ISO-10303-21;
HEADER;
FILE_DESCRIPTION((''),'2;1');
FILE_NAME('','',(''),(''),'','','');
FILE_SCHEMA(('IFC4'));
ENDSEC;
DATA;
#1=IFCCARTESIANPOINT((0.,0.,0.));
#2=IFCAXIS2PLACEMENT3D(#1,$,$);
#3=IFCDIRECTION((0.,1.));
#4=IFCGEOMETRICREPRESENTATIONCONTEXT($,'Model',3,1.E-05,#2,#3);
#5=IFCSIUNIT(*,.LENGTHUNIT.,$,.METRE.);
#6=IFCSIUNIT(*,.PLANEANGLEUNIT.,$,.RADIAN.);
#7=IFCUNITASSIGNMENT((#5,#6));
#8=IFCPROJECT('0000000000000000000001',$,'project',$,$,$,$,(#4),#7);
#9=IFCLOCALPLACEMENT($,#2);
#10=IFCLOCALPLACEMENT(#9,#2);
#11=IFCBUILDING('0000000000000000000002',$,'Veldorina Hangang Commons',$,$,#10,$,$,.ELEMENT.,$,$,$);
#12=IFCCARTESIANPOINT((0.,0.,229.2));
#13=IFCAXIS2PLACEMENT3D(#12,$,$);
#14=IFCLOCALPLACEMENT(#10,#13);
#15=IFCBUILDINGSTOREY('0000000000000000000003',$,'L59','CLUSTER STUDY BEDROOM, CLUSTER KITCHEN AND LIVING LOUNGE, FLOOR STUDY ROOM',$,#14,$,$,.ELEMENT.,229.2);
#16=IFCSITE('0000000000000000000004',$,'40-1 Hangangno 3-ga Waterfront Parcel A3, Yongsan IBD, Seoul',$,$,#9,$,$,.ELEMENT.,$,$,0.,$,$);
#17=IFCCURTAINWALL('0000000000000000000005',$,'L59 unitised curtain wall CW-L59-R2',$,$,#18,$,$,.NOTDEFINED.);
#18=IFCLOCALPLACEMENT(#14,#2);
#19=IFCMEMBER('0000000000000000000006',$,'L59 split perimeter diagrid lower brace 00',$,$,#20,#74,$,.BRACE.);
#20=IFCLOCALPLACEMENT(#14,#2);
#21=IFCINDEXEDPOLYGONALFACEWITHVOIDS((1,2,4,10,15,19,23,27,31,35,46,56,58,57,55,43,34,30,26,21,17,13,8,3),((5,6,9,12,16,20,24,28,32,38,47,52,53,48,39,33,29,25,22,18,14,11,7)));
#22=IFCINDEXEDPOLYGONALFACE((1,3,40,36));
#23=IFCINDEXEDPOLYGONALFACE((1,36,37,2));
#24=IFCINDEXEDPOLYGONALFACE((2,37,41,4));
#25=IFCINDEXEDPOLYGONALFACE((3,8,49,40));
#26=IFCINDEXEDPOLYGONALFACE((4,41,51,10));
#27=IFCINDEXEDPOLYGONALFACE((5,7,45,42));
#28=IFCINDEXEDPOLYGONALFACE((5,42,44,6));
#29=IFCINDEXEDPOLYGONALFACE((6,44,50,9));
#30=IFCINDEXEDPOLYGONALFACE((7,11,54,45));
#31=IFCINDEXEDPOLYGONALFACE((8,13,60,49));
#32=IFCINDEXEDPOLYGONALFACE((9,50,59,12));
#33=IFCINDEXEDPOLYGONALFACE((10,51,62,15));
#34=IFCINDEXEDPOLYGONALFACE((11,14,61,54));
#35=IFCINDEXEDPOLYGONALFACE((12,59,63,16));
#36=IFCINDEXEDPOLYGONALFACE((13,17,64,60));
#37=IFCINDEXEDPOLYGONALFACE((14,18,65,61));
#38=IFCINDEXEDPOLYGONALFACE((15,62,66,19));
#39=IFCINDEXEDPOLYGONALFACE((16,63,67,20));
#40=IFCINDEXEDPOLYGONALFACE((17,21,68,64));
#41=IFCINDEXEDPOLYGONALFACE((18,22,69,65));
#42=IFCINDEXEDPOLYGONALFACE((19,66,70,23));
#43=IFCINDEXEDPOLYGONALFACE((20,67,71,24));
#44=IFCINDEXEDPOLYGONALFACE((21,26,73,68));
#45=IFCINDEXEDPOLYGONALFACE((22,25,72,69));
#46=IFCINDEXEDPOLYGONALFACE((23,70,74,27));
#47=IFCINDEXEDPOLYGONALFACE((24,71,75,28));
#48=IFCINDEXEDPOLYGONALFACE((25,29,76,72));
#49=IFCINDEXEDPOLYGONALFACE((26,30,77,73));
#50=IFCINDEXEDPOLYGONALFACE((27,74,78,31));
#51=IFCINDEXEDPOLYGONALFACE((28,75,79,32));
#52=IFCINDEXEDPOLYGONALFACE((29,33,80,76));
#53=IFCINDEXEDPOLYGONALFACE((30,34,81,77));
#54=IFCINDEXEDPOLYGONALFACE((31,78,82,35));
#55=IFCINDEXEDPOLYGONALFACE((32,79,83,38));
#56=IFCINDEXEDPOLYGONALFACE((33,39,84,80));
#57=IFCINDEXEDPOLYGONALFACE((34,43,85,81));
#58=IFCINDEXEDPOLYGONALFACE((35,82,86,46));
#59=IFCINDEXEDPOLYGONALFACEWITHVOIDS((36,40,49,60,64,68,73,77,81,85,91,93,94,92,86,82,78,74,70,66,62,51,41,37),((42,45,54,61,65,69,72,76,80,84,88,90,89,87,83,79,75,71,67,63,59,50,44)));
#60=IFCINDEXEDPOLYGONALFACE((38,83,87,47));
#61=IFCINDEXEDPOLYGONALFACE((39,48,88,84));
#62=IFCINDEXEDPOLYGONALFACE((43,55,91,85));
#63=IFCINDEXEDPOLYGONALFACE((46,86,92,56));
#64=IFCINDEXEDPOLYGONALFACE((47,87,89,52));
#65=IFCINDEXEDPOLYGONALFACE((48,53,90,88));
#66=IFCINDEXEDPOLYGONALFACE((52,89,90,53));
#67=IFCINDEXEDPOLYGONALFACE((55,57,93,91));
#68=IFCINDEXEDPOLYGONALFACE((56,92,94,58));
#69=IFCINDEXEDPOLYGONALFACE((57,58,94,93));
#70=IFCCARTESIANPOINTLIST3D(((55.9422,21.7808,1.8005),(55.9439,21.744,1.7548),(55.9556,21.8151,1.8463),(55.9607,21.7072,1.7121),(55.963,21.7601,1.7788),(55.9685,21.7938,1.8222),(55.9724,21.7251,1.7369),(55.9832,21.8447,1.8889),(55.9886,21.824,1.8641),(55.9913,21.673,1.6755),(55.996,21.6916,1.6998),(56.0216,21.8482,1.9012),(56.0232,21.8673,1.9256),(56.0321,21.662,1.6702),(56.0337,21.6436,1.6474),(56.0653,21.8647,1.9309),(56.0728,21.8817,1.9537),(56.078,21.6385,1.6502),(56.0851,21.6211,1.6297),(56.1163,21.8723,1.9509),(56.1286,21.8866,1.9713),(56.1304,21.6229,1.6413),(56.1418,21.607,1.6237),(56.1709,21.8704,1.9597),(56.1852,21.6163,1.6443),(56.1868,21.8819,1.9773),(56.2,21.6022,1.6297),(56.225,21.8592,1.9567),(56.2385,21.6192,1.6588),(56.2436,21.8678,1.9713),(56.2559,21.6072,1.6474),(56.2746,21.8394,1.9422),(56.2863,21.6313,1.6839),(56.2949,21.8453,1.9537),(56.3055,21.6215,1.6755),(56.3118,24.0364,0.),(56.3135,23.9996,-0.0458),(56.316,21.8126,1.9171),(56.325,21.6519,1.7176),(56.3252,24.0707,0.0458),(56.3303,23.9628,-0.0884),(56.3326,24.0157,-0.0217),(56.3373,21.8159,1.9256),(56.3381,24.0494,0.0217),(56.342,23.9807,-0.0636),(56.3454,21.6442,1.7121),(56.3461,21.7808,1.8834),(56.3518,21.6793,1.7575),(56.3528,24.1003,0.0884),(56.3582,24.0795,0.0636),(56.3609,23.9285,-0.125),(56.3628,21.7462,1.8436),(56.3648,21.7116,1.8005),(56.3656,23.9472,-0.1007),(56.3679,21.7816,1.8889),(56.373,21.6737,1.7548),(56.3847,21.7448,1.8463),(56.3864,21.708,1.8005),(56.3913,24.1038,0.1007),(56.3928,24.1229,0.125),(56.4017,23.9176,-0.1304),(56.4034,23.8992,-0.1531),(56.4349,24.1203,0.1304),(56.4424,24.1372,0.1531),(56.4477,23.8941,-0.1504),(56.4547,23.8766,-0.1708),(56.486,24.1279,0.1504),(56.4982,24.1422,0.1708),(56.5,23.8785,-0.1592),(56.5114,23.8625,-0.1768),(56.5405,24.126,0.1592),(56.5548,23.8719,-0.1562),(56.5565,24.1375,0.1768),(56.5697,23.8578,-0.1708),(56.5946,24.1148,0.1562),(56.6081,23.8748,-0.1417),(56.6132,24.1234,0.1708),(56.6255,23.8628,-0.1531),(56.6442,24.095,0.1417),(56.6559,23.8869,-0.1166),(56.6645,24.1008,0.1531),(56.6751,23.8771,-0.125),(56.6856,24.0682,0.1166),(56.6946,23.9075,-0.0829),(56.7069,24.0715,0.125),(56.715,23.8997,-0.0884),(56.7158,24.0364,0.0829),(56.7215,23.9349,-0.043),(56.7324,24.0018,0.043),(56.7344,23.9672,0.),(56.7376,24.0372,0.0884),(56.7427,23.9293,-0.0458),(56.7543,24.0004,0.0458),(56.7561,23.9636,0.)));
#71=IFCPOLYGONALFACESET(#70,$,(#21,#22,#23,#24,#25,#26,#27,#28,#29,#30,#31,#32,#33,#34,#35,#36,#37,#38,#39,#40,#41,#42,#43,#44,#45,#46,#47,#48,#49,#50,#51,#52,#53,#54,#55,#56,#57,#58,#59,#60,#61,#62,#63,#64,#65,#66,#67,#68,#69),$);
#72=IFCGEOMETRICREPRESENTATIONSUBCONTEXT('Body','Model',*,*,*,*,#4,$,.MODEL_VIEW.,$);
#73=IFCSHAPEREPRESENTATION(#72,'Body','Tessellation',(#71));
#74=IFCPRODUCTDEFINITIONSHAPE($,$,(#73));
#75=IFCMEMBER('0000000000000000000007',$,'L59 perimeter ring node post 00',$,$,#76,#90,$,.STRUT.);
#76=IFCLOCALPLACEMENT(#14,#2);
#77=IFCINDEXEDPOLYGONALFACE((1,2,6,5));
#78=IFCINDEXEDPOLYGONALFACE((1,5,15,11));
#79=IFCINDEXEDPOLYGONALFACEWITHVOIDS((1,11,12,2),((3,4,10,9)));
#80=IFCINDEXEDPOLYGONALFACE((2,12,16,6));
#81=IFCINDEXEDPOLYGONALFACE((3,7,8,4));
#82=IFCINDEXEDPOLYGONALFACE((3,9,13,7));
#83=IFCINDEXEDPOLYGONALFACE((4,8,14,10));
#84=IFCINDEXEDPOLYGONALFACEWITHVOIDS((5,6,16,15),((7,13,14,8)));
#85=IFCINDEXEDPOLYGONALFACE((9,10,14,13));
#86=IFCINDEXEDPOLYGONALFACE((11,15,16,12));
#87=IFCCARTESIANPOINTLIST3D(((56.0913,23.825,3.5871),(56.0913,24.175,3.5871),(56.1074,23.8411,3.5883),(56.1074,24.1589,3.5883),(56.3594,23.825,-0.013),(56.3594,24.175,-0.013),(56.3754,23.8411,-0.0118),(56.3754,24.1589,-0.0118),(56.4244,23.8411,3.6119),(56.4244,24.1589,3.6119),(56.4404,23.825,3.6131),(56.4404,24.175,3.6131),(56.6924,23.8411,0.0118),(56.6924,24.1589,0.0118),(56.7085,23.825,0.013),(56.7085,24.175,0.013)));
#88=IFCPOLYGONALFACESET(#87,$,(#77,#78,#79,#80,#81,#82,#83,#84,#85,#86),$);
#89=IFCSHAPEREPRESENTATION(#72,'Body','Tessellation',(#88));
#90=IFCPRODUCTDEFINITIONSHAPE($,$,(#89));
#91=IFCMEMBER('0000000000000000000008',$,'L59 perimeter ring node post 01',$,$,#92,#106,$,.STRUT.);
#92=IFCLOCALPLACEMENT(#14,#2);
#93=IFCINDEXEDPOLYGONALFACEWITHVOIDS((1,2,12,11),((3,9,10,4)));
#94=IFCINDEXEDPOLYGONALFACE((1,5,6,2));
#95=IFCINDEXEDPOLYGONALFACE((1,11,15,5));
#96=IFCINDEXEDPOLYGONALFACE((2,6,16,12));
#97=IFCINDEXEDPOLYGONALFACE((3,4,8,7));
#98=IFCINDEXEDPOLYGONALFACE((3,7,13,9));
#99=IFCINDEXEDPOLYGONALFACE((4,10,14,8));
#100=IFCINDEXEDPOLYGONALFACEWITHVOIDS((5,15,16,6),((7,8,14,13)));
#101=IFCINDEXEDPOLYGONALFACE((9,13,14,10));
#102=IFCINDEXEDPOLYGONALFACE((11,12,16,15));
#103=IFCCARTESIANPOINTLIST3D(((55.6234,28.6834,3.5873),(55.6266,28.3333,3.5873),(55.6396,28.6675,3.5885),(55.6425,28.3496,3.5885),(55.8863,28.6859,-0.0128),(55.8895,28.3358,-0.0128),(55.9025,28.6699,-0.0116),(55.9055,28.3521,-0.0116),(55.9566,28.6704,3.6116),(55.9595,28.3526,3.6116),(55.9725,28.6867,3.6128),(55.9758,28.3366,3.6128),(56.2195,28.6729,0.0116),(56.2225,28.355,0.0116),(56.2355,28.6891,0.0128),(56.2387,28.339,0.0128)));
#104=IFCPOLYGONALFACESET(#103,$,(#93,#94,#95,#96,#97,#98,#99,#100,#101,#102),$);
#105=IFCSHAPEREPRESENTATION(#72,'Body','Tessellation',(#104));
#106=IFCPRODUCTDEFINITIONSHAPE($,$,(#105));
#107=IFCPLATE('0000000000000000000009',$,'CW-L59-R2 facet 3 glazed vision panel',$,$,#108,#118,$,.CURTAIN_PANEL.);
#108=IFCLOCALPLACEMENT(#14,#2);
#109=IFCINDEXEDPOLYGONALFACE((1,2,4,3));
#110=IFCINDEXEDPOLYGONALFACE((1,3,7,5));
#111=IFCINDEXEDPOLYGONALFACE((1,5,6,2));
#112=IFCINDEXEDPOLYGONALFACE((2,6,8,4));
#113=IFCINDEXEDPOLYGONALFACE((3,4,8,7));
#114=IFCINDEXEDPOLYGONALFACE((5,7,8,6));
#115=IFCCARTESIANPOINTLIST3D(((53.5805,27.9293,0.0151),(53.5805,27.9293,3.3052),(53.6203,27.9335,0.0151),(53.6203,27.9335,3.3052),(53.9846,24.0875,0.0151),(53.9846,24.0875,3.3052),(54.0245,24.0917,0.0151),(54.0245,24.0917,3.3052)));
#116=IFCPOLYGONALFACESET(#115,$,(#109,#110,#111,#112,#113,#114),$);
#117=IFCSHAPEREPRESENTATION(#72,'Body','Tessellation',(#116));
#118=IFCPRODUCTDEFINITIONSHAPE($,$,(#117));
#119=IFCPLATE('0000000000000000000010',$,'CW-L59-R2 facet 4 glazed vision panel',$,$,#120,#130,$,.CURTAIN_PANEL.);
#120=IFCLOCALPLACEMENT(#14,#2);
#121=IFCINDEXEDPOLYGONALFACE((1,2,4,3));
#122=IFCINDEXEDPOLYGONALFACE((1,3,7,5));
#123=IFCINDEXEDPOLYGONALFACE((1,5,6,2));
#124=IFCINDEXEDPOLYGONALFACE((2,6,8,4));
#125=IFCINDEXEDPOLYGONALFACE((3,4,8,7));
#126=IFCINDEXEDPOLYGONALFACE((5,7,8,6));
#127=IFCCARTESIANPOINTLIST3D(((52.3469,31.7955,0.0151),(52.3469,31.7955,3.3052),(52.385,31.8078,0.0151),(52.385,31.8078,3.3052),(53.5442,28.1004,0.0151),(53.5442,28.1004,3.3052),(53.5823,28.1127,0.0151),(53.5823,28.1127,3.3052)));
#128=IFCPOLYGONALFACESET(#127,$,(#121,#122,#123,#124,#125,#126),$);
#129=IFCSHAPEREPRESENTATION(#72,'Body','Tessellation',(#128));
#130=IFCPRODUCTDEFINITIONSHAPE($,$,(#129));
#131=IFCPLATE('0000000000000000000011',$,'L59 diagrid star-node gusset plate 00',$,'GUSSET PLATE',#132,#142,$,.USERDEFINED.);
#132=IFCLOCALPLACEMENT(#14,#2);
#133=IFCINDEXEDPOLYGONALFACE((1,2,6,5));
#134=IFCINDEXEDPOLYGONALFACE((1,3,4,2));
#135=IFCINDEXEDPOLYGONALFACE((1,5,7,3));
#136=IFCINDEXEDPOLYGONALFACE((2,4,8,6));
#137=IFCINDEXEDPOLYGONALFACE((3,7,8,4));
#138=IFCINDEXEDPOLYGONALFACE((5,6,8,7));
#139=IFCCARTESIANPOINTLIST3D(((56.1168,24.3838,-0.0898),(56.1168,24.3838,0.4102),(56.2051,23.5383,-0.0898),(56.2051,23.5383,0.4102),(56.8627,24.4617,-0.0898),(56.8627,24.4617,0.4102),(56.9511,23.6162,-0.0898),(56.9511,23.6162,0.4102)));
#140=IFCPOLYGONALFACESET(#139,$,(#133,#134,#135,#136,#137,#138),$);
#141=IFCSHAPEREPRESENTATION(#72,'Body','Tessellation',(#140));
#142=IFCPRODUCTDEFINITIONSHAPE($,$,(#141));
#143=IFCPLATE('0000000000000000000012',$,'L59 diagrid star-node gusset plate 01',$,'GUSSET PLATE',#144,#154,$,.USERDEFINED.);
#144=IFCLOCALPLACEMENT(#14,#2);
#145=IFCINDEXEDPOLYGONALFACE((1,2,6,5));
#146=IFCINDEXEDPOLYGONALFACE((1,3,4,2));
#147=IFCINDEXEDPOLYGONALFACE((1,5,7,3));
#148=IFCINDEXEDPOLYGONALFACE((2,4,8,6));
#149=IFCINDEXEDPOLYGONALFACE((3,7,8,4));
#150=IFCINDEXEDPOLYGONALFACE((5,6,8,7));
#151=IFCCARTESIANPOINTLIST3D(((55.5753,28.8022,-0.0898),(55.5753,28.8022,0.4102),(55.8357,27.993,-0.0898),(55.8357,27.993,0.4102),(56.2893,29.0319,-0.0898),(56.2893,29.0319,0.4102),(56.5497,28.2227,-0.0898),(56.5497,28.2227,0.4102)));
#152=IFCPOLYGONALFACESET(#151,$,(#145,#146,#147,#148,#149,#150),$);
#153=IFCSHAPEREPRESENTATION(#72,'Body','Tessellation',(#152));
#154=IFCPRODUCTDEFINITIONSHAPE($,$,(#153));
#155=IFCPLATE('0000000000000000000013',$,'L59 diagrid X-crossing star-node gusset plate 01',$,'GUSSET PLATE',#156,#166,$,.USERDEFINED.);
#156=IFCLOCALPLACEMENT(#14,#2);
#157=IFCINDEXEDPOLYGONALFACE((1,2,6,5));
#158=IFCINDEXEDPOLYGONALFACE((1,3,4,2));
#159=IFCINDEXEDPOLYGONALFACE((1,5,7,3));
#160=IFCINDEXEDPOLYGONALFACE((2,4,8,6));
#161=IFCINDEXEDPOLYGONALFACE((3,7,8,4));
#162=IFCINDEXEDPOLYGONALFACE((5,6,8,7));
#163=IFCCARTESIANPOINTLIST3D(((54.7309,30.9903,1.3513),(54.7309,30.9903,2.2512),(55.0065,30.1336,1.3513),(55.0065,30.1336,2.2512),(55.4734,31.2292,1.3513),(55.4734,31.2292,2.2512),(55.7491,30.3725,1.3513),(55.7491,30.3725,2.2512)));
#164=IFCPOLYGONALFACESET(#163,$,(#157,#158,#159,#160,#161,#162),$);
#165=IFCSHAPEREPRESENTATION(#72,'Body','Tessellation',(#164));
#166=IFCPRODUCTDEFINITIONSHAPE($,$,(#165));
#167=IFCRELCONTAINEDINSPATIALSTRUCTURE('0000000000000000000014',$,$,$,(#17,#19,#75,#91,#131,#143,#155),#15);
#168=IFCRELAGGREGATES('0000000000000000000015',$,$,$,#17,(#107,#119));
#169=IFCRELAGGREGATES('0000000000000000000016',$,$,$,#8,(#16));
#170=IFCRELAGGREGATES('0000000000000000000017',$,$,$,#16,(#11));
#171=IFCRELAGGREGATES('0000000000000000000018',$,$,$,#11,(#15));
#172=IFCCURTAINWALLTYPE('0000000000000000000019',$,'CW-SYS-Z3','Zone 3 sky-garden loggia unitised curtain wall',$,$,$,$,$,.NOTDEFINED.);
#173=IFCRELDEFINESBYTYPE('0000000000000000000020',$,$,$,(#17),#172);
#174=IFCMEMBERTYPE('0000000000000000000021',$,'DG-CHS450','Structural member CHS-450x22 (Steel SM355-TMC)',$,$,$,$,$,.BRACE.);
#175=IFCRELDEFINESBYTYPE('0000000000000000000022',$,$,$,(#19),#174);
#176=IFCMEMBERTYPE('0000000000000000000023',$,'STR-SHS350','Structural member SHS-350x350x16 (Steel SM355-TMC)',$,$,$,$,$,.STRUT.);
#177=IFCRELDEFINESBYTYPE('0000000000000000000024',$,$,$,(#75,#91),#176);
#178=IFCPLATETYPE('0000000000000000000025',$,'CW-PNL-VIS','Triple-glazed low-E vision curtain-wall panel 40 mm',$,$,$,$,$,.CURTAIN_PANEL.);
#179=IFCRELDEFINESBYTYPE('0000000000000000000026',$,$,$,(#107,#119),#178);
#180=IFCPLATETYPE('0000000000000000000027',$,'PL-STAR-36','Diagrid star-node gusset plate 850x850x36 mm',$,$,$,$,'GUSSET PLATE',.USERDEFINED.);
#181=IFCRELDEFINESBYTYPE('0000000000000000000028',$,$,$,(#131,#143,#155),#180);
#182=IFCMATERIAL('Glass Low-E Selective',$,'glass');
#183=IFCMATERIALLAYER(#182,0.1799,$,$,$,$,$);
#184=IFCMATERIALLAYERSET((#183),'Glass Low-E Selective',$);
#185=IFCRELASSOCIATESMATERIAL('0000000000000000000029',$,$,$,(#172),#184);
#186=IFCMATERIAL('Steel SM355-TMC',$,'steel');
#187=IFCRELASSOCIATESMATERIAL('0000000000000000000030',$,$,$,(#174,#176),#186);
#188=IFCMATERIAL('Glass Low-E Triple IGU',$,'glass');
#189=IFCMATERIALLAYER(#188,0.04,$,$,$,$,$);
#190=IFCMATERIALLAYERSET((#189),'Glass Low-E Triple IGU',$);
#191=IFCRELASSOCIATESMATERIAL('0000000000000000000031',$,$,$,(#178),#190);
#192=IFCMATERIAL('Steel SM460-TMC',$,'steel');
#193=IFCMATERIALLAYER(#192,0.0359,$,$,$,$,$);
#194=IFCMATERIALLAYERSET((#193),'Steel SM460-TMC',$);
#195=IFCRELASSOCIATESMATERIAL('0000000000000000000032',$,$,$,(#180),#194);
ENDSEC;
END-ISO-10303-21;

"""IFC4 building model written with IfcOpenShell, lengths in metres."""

from ifc_helpers import new_model, si_unit, direction, frame, origin, origin_2d, place, context, subcontext, project, spatial, rectangle, hollow_rectangle, hollow_circle, extrude, material, layer, layer_set, material_profile, profile_set, type_object, element, aggregate, save


model = new_model("IFC4")

# Units and contexts
model_context = context("Model", 3, precision=1e-05, world=origin(), true_north=direction((0.0, 1.0)))
body_context = subcontext(model_context, "Body", "Model", "MODEL_VIEW")
ifc_project = project(units=[si_unit("LENGTHUNIT", "METRE"), si_unit("PLANEANGLEUNIT", "RADIAN")], contexts=[model_context])

# Site, building, storey
site_placement = place(None, origin())
site = spatial("IfcSite", under=ifc_project, at=site_placement, Name="40-1 Hangangno 3-ga Waterfront Parcel A3, Yongsan IBD, Seoul", CompositionType="ELEMENT", RefElevation=0.0)
building_placement = place(site_placement, origin())
building = spatial("IfcBuilding", under=site, at=building_placement, Name="Veldorina Hangang Commons", CompositionType="ELEMENT")
storey_placement = place(building_placement, frame((0.0, 0.0, 229.2)))
storey = spatial("IfcBuildingStorey", under=building, at=storey_placement, Name="L59", Description="CLUSTER STUDY BEDROOM, CLUSTER KITCHEN AND LIVING LOUNGE, FLOOR STUDY ROOM", CompositionType="ELEMENT", Elevation=229.2)

# Shared definitions
ifc_material_1 = material(Name="Steel SM355-TMC", Category="steel")

# Curtain wall
ifc_material_2 = material(Name="Glass Low-E Selective", Category="glass")
ifc_layer_1 = layer(ifc_material_2, 0.1799)
ifc_layer_set_1 = layer_set([ifc_layer_1], Name="Glass Low-E Selective")
curtain_wall_type = type_object("IfcCurtainWallType", Name="CW-SYS-Z3", Description="Zone 3 sky-garden loggia unitised curtain wall", PredefinedType="NOTDEFINED", material=ifc_layer_set_1)
curtain_wall_placement = place(storey_placement, origin())
curtain_wall = element("IfcCurtainWall", 1, at=curtain_wall_placement, inside=storey, type_object=curtain_wall_type, Name="L59 unitised curtain wall CW-L59-R2", PredefinedType="NOTDEFINED")

# Members
ifc_material_profile_1 = material_profile(ifc_material_1, hollow_circle(Radius=0.2251, WallThickness=0.022, at=origin_2d()), Name="CHS-450x22")
ifc_profile_set_1 = profile_set([ifc_material_profile_1], Name="Steel SM355-TMC")
member_type_1 = type_object("IfcMemberType", Name="DG-CHS450", Description="Structural member CHS-450x22 (Steel SM355-TMC)", PredefinedType="BRACE", material=ifc_profile_set_1)
member_1_placement = place(storey_placement, frame((56.5339, 24.0, 0.0), z_axis=(-0.127033, -0.775205, 0.618805), x_axis=(0.986838, -0.161714, 0.0)))
element("IfcMember", 2, at=member_1_placement, inside=storey, type_object=member_type_1, Name="L59 split perimeter diagrid lower brace 00", PredefinedType="BRACE", context=body_context, shape_type="SweptSolid", body=[
    extrude(hollow_circle(Radius=0.2251, WallThickness=0.022, at=origin_2d()), origin(), (0.0, 0.0, 1.0), 2.9097),
])
ifc_material_profile_2 = material_profile(ifc_material_1, hollow_rectangle(XDim=0.3501, YDim=0.3501, WallThickness=0.0161, at=origin_2d()), Name="SHS-350x350x16")
ifc_profile_set_2 = profile_set([ifc_material_profile_2], Name="Steel SM355-TMC")
member_type_2 = type_object("IfcMemberType", Name="STR-SHS350", Description="Structural member SHS-350x350x16 (Steel SM355-TMC)", PredefinedType="STRUT", material=ifc_profile_set_2)
member_2_placement = place(storey_placement, frame((56.5339, 24.0, 0.0), z_axis=(-0.074255, 0.0, 0.997239), x_axis=(0.0, -1.0, 0.0)))
element("IfcMember", 3, at=member_2_placement, inside=storey, type_object=member_type_2, Name="L59 perimeter ring node post 00", PredefinedType="STRUT", context=body_context, shape_type="SweptSolid", body=[
    extrude(hollow_rectangle(XDim=0.3501, YDim=0.3501, WallThickness=0.0161, at=origin_2d()), origin(), (0.0, 0.0, 1.0), 3.6101),
])
member_3_placement = place(storey_placement, frame((56.0625, 28.5125, 0.0), z_axis=(-0.072843, -0.000676, 0.997343), x_axis=(0.009285, -0.999957, 0.0)))
element("IfcMember", 4, at=member_3_placement, inside=storey, type_object=member_type_2, Name="L59 perimeter ring node post 01", PredefinedType="STRUT", context=body_context, shape_type="SweptSolid", body=[
    extrude(hollow_rectangle(XDim=0.3501, YDim=0.3501, WallThickness=0.0161, at=origin_2d()), origin(), (0.0, 0.0, 1.0), 3.6096),
])

# Plates
ifc_material_3 = material(Name="Glass Low-E Triple IGU", Category="glass")
ifc_layer_2 = layer(ifc_material_3, 0.04)
ifc_layer_set_2 = layer_set([ifc_layer_2], Name="Glass Low-E Triple IGU")
plate_type_1 = type_object("IfcPlateType", Name="CW-PNL-VIS", Description="Triple-glazed low-E vision curtain-wall panel 40 mm", PredefinedType="CURTAIN_PANEL", material=ifc_layer_set_2)
plate_1_placement = place(storey_placement, frame((53.8025, 26.0105, 0.0151), z_axis=(0.0, 0.0, 1.0), x_axis=(-0.104615, 0.994513, 0.0)))
plate_1 = element("IfcPlate", 5, at=plate_1_placement, type_object=plate_type_1, Name="CW-L59-R2 facet 3 glazed vision panel", PredefinedType="CURTAIN_PANEL", context=body_context, shape_type="SweptSolid", body=[
    extrude(rectangle(XDim=3.863, YDim=0.04, at=origin_2d()), origin(), (0.0, 0.0, 1.0), 3.29),
])
plate_2_placement = place(storey_placement, frame((52.9646, 29.9541, 0.0151), z_axis=(0.0, 0.0, 1.0), x_axis=(-0.308237, 0.95131, 0.0)))
plate_2 = element("IfcPlate", 6, at=plate_2_placement, type_object=plate_type_1, Name="CW-L59-R2 facet 4 glazed vision panel", PredefinedType="CURTAIN_PANEL", context=body_context, shape_type="SweptSolid", body=[
    extrude(rectangle(XDim=3.8843, YDim=0.04, at=origin_2d()), origin(), (0.0, 0.0, 1.0), 3.29),
])
aggregate(curtain_wall, [plate_1, plate_2])

# Plates
ifc_material_4 = material(Name="Steel SM460-TMC", Category="steel")
ifc_layer_3 = layer(ifc_material_4, 0.0359)
ifc_layer_set_3 = layer_set([ifc_layer_3], Name="Steel SM460-TMC")
plate_type_2 = type_object("IfcPlateType", Name="PL-STAR-36", Description="Diagrid star-node gusset plate 850x850x36 mm", ElementType="GUSSET PLATE", PredefinedType="USERDEFINED", material=ifc_layer_set_3)
for number, where, z_axis, x_axis, name in (
    (7, (56.5339, 24.0, -0.0898), (0.0, 0.0, 1.0), (-0.103904, 0.994587, 0.0), "L59 diagrid star-node gusset plate 00"),
    (8, (56.0625, 28.5125, -0.0898), (0.0, 0.0, 1.0), (-0.306293, 0.951937, 0.0), "L59 diagrid star-node gusset plate 01"),
):
    element("IfcPlate", number, at=place(storey_placement, frame(where, z_axis=z_axis, x_axis=x_axis)), inside=storey, type_object=plate_type_2, Name=name, ObjectType="GUSSET PLATE", PredefinedType="USERDEFINED", context=body_context, shape_type="SweptSolid", body=[
        extrude(rectangle(XDim=0.8501, YDim=0.75, at=origin_2d()), origin(), (0.0, 0.0, 1.0), 0.5),
    ])
plate_3_placement = place(storey_placement, frame((55.24, 30.6814, 1.3513), z_axis=(0.0, 0.0, 1.0), x_axis=(-0.306293, 0.951937, 0.0)))
element("IfcPlate", 9, at=plate_3_placement, inside=storey, type_object=plate_type_2, Name="L59 diagrid X-crossing star-node gusset plate 01", ObjectType="GUSSET PLATE", PredefinedType="USERDEFINED", context=body_context, shape_type="SweptSolid", body=[
    extrude(rectangle(XDim=0.8999, YDim=0.78, at=origin_2d()), origin(), (0.0, 0.0, 1.0), 0.8999),
])

save(model, "model.ifc")
